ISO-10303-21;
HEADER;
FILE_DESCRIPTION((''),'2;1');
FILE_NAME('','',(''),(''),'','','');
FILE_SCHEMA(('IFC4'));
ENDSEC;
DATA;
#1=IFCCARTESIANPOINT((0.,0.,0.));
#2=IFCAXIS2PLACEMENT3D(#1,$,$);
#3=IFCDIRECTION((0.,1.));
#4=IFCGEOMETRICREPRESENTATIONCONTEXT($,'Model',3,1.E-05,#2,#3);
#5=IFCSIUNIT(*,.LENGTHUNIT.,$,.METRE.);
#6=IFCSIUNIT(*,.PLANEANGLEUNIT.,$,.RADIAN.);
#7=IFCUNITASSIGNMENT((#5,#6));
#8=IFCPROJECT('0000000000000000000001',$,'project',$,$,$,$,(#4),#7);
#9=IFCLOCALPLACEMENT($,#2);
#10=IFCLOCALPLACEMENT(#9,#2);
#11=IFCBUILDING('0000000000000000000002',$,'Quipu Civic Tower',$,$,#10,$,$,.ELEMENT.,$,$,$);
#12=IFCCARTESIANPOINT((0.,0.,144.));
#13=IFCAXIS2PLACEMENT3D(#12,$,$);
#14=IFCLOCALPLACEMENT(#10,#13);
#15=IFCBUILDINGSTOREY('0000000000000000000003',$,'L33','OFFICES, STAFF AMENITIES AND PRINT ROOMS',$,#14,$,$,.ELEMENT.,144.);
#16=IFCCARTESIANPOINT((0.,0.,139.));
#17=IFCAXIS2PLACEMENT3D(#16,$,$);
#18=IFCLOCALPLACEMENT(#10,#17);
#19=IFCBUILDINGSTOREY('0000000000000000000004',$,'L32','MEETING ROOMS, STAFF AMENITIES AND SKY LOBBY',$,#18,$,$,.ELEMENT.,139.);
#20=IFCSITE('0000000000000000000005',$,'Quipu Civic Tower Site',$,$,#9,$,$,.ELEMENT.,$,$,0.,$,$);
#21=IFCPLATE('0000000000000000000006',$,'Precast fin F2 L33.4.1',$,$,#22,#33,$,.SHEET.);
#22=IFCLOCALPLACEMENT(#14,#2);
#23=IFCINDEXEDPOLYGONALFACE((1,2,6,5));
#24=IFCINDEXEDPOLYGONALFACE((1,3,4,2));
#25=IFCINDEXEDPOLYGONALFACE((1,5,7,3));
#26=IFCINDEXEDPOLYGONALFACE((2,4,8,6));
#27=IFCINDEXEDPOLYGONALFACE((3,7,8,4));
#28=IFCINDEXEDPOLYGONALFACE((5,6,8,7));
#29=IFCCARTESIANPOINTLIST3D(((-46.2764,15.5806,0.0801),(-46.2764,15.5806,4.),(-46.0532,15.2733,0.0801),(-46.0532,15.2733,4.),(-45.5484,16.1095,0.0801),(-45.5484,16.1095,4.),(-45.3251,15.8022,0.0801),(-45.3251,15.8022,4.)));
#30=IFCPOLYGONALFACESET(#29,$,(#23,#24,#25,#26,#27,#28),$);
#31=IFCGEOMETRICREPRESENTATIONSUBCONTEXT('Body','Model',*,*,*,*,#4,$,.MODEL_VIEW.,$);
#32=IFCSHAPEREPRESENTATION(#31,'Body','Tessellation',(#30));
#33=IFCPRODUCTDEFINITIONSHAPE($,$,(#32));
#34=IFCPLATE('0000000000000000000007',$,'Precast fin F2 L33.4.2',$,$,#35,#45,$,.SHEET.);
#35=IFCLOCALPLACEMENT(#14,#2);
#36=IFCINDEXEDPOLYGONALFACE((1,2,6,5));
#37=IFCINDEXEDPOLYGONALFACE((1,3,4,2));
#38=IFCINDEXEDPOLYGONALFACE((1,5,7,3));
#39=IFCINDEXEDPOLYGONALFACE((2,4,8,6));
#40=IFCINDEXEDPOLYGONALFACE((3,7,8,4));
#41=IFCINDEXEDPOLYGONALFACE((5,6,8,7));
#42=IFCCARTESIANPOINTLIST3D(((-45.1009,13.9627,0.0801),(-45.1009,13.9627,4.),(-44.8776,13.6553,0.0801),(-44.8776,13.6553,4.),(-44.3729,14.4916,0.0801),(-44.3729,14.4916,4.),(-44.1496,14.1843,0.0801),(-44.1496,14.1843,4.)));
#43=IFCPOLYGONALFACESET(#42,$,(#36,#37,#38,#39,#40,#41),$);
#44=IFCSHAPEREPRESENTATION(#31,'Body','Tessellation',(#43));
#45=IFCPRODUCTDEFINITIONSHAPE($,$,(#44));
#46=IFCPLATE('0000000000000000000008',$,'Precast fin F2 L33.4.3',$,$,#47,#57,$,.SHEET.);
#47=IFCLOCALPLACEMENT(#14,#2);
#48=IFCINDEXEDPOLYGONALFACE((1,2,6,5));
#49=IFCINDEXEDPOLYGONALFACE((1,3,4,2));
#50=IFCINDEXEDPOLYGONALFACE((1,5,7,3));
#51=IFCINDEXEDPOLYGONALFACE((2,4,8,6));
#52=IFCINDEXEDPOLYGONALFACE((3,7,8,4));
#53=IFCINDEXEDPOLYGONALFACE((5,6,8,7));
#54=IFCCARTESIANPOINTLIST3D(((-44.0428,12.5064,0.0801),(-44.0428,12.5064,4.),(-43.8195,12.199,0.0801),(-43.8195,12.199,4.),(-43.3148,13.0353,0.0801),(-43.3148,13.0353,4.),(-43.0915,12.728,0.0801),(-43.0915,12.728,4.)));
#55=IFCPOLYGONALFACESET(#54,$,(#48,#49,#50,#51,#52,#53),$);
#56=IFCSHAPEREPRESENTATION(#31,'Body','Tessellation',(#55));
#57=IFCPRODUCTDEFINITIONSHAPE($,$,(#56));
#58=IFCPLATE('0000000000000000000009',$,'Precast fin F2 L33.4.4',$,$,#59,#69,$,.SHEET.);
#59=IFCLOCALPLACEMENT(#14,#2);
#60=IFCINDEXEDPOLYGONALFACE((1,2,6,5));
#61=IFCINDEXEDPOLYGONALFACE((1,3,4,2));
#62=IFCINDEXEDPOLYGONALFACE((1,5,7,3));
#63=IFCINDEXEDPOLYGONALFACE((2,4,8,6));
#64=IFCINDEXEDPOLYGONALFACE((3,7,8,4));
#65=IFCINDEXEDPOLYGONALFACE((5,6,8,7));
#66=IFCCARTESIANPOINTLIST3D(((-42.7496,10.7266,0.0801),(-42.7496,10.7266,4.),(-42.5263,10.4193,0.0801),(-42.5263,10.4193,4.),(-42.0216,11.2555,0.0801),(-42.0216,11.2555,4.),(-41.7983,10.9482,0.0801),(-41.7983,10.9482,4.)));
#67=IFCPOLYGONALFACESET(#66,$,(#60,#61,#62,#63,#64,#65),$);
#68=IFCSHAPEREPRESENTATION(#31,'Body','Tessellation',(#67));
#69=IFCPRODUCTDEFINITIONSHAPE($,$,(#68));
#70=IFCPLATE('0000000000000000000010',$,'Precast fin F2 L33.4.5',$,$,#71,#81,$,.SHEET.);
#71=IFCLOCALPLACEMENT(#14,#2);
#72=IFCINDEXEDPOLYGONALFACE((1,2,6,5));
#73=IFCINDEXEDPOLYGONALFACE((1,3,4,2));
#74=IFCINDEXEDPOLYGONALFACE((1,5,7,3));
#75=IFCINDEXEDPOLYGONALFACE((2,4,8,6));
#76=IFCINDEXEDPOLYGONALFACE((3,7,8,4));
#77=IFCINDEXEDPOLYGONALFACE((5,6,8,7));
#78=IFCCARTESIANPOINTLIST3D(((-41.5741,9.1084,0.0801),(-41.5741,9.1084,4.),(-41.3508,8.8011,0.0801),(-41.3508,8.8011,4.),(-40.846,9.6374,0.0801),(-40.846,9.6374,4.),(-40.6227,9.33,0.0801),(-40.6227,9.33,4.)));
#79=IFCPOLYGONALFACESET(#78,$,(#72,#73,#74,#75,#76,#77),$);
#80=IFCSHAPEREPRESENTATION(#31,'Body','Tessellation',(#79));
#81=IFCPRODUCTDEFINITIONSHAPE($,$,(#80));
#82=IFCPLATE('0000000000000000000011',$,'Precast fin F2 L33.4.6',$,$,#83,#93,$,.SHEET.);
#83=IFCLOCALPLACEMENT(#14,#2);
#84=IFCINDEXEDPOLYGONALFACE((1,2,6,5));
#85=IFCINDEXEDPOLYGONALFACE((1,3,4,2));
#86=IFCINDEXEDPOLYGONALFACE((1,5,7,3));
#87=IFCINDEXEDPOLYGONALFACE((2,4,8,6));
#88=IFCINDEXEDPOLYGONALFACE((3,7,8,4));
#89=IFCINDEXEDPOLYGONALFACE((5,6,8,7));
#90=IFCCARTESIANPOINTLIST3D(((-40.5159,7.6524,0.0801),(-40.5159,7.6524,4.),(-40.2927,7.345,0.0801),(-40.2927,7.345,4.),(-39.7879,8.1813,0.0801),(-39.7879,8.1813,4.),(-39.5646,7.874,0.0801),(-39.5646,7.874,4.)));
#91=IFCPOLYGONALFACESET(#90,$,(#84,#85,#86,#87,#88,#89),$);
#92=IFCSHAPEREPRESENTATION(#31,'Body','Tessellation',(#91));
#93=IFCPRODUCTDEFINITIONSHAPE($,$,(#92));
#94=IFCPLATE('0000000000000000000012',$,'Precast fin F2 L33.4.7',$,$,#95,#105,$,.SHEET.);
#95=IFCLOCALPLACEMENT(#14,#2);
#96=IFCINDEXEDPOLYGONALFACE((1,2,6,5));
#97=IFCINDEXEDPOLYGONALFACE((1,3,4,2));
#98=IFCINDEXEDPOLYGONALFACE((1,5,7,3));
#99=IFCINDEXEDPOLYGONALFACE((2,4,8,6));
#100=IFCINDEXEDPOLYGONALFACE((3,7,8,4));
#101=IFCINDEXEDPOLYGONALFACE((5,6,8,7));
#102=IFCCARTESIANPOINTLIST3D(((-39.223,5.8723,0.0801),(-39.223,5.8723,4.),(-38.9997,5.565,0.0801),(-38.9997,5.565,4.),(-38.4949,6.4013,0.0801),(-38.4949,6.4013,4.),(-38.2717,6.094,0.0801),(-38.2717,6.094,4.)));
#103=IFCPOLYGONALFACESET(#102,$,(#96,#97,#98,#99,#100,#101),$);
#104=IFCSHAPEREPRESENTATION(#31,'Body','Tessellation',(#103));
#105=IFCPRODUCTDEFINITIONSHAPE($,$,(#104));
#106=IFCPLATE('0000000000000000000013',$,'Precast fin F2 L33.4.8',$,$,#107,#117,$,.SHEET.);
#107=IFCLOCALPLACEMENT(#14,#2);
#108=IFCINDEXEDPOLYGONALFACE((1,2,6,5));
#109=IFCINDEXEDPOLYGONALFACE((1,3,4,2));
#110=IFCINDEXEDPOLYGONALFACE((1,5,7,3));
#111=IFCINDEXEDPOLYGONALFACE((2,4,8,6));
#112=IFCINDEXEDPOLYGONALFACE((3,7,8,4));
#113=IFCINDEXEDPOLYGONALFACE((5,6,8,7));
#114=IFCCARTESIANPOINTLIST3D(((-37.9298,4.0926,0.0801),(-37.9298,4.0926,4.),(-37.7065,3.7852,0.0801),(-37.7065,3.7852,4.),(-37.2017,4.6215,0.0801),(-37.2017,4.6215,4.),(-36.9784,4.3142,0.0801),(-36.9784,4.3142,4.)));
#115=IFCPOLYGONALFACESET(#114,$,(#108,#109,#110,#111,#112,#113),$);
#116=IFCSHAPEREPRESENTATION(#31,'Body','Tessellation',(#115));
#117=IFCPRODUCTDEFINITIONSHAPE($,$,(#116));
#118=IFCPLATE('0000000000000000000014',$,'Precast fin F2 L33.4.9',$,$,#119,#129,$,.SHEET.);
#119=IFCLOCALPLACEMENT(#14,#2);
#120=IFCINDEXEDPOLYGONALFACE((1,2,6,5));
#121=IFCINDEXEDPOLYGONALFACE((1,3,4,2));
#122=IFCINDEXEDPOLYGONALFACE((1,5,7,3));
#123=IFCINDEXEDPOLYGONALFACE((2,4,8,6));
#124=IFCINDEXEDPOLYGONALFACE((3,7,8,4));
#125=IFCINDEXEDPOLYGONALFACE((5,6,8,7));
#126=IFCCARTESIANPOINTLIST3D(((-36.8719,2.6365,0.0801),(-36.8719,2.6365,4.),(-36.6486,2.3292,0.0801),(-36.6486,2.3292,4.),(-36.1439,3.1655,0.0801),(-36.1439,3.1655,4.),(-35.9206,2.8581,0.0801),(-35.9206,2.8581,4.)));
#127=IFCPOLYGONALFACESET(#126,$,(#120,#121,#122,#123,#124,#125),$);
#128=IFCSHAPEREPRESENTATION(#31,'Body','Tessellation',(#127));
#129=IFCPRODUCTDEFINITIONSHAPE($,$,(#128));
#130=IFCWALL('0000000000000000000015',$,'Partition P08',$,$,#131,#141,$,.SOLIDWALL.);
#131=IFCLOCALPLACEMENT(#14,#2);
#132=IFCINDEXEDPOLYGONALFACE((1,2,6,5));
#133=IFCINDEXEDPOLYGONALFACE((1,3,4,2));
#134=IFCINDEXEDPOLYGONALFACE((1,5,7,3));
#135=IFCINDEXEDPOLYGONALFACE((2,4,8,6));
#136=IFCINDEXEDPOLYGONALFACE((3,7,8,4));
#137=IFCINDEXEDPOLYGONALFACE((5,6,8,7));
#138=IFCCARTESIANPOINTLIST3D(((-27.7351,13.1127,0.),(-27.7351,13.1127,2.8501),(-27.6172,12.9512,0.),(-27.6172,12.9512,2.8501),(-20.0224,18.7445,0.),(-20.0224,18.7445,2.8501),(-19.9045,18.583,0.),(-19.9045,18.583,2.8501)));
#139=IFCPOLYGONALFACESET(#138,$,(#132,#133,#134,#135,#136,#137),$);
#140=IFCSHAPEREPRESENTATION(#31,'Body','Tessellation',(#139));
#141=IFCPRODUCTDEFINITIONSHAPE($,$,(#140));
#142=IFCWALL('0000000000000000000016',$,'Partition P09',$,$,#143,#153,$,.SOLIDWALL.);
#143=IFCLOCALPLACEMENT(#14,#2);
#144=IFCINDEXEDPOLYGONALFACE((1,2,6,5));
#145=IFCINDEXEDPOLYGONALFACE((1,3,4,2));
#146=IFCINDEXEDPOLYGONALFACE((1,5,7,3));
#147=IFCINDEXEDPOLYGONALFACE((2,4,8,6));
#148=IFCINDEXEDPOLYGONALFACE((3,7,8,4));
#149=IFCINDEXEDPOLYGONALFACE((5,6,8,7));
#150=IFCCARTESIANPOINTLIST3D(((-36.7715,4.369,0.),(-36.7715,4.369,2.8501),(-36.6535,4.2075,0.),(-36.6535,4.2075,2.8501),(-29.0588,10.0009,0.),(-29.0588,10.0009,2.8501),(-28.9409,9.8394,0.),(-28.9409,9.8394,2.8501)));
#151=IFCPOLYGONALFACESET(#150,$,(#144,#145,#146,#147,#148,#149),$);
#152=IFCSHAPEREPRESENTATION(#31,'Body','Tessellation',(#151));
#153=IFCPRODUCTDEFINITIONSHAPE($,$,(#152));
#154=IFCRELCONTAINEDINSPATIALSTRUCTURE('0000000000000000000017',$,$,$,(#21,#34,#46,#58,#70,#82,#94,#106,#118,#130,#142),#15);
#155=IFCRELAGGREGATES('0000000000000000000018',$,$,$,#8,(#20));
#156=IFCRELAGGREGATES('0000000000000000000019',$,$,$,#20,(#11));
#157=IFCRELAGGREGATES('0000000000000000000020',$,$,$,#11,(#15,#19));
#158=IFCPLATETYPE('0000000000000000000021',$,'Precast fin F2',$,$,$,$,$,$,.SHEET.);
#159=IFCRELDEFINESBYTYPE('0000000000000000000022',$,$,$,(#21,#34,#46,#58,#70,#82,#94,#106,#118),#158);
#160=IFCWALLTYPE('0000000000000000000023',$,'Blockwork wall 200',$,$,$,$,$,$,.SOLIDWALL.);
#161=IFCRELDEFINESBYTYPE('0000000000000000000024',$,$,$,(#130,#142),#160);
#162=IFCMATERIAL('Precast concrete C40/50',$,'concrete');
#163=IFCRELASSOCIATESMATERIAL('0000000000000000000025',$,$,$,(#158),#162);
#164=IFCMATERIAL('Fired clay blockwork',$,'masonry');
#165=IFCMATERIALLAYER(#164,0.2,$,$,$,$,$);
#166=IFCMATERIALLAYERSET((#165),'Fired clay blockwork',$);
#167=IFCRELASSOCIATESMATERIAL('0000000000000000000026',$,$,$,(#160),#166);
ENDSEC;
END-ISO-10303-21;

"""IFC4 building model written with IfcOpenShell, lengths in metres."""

from ifc_helpers import new_model, si_unit, direction, frame, frame_2d, origin, origin_2d, place, context, subcontext, project, spatial, rectangle, extrude, material, layer, layer_set, type_object, element, save


model = new_model("IFC4")

# Units and contexts
model_context = context("Model", 3, precision=1e-05, world=origin(), true_north=direction((0.0, 1.0)))
body_context = subcontext(model_context, "Body", "Model", "MODEL_VIEW")
ifc_project = project(units=[si_unit("LENGTHUNIT", "METRE"), si_unit("PLANEANGLEUNIT", "RADIAN")], contexts=[model_context])

# Site, building, storey
site_placement = place(None, origin())
site = spatial("IfcSite", under=ifc_project, at=site_placement, Name="Quipu Civic Tower Site", CompositionType="ELEMENT", RefElevation=0.0)
building_placement = place(site_placement, origin())
building = spatial("IfcBuilding", under=site, at=building_placement, Name="Quipu Civic Tower", CompositionType="ELEMENT")
storey_1_placement = place(building_placement, frame((0.0, 0.0, 144.0)))
storey_1 = spatial("IfcBuildingStorey", under=building, at=storey_1_placement, Name="L33", Description="OFFICES, STAFF AMENITIES AND PRINT ROOMS", CompositionType="ELEMENT", Elevation=144.0)

# Shared definitions
storey_2_placement = place(building_placement, frame((0.0, 0.0, 139.0)))
storey_2 = spatial("IfcBuildingStorey", under=building, at=storey_2_placement, Name="L32", Description="MEETING ROOMS, STAFF AMENITIES AND SKY LOBBY", CompositionType="ELEMENT", Elevation=139.0)

# Plates
ifc_material_1 = material(Name="Precast concrete C40/50", Category="concrete")
plate_type_1 = type_object("IfcPlateType", Name="Precast fin F2", PredefinedType="SHEET", material=ifc_material_1)
for number, where, z_axis, x_axis, name in (
    (1, (-45.8008, 15.6914, 0.0801), (0.0, 0.0, 1.0), (0.587786, -0.809017, 0.0), "Precast fin F2 L33.4.1"),
    (2, (-44.6252, 14.0735, 0.0801), (0.0, 0.0, 1.0), (0.587786, -0.809017, 0.0), "Precast fin F2 L33.4.2"),
    (3, (-43.5671, 12.6172, 0.0801), (0.0, 0.0, 1.0), (0.587786, -0.809017, 0.0), "Precast fin F2 L33.4.3"),
    (4, (-42.2739, 10.8374, 0.0801), (0.0, 0.0, 1.0), (0.587786, -0.809017, 0.0), "Precast fin F2 L33.4.4"),
    (5, (-41.0984, 9.2192, 0.0801), (0.0, 0.0, 1.0), (0.587786, -0.809017, 0.0), "Precast fin F2 L33.4.5"),
    (6, (-40.0403, 7.7632, 0.0801), (0.0, 0.0, 1.0), (0.587786, -0.809017, 0.0), "Precast fin F2 L33.4.6"),
    (7, (-38.7473, 5.9832, 0.0801), (0.0, 0.0, 1.0), (0.587786, -0.809017, 0.0), "Precast fin F2 L33.4.7"),
    (8, (-37.4541, 4.2034, 0.0801), (0.0, 0.0, 1.0), (0.587786, -0.809017, 0.0), "Precast fin F2 L33.4.8"),
    (9, (-36.3962, 2.7473, 0.0801), (0.0, 0.0, 1.0), (0.587786, -0.809017, 0.0), "Precast fin F2 L33.4.9"),
):
    element("IfcPlate", number, at=place(storey_1_placement, frame(where, z_axis=z_axis, x_axis=x_axis)), inside=storey_1, type_object=plate_type_1, Name=name, PredefinedType="SHEET", context=body_context, shape_type="SweptSolid", body=[
        extrude(rectangle(XDim=0.3799, YDim=0.8999, at=origin_2d()), origin(), (0.0, 0.0, 1.0), 3.9199),
    ])

# Walls
ifc_material_2 = material(Name="Fired clay blockwork", Category="masonry")
ifc_layer_1 = layer(ifc_material_2, 0.2)
ifc_layer_set_1 = layer_set([ifc_layer_1], Name="Fired clay blockwork")
wall_type = type_object("IfcWallType", Name="Blockwork wall 200", PredefinedType="SOLIDWALL", material=ifc_layer_set_1)
for number, where, z_axis, x_axis, name in (
    (10, (-27.676, 13.032, 0.0), (0.0, 0.0, 1.0), (0.807607, 0.589721, 0.0), "Partition P08"),
    (11, (-36.7124, 4.2883, 0.0), (0.0, 0.0, 1.0), (0.807607, 0.589721, 0.0), "Partition P09"),
):
    element("IfcWall", number, at=place(storey_1_placement, frame(where, z_axis=z_axis, x_axis=x_axis)), inside=storey_1, type_object=wall_type, Name=name, PredefinedType="SOLIDWALL", context=body_context, shape_type="SweptSolid", body=[
        extrude(rectangle(XDim=9.55, YDim=0.2, at=frame_2d((4.7749, 0.0))), origin(), (0.0, 0.0, 1.0), 2.8501),
    ])

save(model, "model.ifc")
